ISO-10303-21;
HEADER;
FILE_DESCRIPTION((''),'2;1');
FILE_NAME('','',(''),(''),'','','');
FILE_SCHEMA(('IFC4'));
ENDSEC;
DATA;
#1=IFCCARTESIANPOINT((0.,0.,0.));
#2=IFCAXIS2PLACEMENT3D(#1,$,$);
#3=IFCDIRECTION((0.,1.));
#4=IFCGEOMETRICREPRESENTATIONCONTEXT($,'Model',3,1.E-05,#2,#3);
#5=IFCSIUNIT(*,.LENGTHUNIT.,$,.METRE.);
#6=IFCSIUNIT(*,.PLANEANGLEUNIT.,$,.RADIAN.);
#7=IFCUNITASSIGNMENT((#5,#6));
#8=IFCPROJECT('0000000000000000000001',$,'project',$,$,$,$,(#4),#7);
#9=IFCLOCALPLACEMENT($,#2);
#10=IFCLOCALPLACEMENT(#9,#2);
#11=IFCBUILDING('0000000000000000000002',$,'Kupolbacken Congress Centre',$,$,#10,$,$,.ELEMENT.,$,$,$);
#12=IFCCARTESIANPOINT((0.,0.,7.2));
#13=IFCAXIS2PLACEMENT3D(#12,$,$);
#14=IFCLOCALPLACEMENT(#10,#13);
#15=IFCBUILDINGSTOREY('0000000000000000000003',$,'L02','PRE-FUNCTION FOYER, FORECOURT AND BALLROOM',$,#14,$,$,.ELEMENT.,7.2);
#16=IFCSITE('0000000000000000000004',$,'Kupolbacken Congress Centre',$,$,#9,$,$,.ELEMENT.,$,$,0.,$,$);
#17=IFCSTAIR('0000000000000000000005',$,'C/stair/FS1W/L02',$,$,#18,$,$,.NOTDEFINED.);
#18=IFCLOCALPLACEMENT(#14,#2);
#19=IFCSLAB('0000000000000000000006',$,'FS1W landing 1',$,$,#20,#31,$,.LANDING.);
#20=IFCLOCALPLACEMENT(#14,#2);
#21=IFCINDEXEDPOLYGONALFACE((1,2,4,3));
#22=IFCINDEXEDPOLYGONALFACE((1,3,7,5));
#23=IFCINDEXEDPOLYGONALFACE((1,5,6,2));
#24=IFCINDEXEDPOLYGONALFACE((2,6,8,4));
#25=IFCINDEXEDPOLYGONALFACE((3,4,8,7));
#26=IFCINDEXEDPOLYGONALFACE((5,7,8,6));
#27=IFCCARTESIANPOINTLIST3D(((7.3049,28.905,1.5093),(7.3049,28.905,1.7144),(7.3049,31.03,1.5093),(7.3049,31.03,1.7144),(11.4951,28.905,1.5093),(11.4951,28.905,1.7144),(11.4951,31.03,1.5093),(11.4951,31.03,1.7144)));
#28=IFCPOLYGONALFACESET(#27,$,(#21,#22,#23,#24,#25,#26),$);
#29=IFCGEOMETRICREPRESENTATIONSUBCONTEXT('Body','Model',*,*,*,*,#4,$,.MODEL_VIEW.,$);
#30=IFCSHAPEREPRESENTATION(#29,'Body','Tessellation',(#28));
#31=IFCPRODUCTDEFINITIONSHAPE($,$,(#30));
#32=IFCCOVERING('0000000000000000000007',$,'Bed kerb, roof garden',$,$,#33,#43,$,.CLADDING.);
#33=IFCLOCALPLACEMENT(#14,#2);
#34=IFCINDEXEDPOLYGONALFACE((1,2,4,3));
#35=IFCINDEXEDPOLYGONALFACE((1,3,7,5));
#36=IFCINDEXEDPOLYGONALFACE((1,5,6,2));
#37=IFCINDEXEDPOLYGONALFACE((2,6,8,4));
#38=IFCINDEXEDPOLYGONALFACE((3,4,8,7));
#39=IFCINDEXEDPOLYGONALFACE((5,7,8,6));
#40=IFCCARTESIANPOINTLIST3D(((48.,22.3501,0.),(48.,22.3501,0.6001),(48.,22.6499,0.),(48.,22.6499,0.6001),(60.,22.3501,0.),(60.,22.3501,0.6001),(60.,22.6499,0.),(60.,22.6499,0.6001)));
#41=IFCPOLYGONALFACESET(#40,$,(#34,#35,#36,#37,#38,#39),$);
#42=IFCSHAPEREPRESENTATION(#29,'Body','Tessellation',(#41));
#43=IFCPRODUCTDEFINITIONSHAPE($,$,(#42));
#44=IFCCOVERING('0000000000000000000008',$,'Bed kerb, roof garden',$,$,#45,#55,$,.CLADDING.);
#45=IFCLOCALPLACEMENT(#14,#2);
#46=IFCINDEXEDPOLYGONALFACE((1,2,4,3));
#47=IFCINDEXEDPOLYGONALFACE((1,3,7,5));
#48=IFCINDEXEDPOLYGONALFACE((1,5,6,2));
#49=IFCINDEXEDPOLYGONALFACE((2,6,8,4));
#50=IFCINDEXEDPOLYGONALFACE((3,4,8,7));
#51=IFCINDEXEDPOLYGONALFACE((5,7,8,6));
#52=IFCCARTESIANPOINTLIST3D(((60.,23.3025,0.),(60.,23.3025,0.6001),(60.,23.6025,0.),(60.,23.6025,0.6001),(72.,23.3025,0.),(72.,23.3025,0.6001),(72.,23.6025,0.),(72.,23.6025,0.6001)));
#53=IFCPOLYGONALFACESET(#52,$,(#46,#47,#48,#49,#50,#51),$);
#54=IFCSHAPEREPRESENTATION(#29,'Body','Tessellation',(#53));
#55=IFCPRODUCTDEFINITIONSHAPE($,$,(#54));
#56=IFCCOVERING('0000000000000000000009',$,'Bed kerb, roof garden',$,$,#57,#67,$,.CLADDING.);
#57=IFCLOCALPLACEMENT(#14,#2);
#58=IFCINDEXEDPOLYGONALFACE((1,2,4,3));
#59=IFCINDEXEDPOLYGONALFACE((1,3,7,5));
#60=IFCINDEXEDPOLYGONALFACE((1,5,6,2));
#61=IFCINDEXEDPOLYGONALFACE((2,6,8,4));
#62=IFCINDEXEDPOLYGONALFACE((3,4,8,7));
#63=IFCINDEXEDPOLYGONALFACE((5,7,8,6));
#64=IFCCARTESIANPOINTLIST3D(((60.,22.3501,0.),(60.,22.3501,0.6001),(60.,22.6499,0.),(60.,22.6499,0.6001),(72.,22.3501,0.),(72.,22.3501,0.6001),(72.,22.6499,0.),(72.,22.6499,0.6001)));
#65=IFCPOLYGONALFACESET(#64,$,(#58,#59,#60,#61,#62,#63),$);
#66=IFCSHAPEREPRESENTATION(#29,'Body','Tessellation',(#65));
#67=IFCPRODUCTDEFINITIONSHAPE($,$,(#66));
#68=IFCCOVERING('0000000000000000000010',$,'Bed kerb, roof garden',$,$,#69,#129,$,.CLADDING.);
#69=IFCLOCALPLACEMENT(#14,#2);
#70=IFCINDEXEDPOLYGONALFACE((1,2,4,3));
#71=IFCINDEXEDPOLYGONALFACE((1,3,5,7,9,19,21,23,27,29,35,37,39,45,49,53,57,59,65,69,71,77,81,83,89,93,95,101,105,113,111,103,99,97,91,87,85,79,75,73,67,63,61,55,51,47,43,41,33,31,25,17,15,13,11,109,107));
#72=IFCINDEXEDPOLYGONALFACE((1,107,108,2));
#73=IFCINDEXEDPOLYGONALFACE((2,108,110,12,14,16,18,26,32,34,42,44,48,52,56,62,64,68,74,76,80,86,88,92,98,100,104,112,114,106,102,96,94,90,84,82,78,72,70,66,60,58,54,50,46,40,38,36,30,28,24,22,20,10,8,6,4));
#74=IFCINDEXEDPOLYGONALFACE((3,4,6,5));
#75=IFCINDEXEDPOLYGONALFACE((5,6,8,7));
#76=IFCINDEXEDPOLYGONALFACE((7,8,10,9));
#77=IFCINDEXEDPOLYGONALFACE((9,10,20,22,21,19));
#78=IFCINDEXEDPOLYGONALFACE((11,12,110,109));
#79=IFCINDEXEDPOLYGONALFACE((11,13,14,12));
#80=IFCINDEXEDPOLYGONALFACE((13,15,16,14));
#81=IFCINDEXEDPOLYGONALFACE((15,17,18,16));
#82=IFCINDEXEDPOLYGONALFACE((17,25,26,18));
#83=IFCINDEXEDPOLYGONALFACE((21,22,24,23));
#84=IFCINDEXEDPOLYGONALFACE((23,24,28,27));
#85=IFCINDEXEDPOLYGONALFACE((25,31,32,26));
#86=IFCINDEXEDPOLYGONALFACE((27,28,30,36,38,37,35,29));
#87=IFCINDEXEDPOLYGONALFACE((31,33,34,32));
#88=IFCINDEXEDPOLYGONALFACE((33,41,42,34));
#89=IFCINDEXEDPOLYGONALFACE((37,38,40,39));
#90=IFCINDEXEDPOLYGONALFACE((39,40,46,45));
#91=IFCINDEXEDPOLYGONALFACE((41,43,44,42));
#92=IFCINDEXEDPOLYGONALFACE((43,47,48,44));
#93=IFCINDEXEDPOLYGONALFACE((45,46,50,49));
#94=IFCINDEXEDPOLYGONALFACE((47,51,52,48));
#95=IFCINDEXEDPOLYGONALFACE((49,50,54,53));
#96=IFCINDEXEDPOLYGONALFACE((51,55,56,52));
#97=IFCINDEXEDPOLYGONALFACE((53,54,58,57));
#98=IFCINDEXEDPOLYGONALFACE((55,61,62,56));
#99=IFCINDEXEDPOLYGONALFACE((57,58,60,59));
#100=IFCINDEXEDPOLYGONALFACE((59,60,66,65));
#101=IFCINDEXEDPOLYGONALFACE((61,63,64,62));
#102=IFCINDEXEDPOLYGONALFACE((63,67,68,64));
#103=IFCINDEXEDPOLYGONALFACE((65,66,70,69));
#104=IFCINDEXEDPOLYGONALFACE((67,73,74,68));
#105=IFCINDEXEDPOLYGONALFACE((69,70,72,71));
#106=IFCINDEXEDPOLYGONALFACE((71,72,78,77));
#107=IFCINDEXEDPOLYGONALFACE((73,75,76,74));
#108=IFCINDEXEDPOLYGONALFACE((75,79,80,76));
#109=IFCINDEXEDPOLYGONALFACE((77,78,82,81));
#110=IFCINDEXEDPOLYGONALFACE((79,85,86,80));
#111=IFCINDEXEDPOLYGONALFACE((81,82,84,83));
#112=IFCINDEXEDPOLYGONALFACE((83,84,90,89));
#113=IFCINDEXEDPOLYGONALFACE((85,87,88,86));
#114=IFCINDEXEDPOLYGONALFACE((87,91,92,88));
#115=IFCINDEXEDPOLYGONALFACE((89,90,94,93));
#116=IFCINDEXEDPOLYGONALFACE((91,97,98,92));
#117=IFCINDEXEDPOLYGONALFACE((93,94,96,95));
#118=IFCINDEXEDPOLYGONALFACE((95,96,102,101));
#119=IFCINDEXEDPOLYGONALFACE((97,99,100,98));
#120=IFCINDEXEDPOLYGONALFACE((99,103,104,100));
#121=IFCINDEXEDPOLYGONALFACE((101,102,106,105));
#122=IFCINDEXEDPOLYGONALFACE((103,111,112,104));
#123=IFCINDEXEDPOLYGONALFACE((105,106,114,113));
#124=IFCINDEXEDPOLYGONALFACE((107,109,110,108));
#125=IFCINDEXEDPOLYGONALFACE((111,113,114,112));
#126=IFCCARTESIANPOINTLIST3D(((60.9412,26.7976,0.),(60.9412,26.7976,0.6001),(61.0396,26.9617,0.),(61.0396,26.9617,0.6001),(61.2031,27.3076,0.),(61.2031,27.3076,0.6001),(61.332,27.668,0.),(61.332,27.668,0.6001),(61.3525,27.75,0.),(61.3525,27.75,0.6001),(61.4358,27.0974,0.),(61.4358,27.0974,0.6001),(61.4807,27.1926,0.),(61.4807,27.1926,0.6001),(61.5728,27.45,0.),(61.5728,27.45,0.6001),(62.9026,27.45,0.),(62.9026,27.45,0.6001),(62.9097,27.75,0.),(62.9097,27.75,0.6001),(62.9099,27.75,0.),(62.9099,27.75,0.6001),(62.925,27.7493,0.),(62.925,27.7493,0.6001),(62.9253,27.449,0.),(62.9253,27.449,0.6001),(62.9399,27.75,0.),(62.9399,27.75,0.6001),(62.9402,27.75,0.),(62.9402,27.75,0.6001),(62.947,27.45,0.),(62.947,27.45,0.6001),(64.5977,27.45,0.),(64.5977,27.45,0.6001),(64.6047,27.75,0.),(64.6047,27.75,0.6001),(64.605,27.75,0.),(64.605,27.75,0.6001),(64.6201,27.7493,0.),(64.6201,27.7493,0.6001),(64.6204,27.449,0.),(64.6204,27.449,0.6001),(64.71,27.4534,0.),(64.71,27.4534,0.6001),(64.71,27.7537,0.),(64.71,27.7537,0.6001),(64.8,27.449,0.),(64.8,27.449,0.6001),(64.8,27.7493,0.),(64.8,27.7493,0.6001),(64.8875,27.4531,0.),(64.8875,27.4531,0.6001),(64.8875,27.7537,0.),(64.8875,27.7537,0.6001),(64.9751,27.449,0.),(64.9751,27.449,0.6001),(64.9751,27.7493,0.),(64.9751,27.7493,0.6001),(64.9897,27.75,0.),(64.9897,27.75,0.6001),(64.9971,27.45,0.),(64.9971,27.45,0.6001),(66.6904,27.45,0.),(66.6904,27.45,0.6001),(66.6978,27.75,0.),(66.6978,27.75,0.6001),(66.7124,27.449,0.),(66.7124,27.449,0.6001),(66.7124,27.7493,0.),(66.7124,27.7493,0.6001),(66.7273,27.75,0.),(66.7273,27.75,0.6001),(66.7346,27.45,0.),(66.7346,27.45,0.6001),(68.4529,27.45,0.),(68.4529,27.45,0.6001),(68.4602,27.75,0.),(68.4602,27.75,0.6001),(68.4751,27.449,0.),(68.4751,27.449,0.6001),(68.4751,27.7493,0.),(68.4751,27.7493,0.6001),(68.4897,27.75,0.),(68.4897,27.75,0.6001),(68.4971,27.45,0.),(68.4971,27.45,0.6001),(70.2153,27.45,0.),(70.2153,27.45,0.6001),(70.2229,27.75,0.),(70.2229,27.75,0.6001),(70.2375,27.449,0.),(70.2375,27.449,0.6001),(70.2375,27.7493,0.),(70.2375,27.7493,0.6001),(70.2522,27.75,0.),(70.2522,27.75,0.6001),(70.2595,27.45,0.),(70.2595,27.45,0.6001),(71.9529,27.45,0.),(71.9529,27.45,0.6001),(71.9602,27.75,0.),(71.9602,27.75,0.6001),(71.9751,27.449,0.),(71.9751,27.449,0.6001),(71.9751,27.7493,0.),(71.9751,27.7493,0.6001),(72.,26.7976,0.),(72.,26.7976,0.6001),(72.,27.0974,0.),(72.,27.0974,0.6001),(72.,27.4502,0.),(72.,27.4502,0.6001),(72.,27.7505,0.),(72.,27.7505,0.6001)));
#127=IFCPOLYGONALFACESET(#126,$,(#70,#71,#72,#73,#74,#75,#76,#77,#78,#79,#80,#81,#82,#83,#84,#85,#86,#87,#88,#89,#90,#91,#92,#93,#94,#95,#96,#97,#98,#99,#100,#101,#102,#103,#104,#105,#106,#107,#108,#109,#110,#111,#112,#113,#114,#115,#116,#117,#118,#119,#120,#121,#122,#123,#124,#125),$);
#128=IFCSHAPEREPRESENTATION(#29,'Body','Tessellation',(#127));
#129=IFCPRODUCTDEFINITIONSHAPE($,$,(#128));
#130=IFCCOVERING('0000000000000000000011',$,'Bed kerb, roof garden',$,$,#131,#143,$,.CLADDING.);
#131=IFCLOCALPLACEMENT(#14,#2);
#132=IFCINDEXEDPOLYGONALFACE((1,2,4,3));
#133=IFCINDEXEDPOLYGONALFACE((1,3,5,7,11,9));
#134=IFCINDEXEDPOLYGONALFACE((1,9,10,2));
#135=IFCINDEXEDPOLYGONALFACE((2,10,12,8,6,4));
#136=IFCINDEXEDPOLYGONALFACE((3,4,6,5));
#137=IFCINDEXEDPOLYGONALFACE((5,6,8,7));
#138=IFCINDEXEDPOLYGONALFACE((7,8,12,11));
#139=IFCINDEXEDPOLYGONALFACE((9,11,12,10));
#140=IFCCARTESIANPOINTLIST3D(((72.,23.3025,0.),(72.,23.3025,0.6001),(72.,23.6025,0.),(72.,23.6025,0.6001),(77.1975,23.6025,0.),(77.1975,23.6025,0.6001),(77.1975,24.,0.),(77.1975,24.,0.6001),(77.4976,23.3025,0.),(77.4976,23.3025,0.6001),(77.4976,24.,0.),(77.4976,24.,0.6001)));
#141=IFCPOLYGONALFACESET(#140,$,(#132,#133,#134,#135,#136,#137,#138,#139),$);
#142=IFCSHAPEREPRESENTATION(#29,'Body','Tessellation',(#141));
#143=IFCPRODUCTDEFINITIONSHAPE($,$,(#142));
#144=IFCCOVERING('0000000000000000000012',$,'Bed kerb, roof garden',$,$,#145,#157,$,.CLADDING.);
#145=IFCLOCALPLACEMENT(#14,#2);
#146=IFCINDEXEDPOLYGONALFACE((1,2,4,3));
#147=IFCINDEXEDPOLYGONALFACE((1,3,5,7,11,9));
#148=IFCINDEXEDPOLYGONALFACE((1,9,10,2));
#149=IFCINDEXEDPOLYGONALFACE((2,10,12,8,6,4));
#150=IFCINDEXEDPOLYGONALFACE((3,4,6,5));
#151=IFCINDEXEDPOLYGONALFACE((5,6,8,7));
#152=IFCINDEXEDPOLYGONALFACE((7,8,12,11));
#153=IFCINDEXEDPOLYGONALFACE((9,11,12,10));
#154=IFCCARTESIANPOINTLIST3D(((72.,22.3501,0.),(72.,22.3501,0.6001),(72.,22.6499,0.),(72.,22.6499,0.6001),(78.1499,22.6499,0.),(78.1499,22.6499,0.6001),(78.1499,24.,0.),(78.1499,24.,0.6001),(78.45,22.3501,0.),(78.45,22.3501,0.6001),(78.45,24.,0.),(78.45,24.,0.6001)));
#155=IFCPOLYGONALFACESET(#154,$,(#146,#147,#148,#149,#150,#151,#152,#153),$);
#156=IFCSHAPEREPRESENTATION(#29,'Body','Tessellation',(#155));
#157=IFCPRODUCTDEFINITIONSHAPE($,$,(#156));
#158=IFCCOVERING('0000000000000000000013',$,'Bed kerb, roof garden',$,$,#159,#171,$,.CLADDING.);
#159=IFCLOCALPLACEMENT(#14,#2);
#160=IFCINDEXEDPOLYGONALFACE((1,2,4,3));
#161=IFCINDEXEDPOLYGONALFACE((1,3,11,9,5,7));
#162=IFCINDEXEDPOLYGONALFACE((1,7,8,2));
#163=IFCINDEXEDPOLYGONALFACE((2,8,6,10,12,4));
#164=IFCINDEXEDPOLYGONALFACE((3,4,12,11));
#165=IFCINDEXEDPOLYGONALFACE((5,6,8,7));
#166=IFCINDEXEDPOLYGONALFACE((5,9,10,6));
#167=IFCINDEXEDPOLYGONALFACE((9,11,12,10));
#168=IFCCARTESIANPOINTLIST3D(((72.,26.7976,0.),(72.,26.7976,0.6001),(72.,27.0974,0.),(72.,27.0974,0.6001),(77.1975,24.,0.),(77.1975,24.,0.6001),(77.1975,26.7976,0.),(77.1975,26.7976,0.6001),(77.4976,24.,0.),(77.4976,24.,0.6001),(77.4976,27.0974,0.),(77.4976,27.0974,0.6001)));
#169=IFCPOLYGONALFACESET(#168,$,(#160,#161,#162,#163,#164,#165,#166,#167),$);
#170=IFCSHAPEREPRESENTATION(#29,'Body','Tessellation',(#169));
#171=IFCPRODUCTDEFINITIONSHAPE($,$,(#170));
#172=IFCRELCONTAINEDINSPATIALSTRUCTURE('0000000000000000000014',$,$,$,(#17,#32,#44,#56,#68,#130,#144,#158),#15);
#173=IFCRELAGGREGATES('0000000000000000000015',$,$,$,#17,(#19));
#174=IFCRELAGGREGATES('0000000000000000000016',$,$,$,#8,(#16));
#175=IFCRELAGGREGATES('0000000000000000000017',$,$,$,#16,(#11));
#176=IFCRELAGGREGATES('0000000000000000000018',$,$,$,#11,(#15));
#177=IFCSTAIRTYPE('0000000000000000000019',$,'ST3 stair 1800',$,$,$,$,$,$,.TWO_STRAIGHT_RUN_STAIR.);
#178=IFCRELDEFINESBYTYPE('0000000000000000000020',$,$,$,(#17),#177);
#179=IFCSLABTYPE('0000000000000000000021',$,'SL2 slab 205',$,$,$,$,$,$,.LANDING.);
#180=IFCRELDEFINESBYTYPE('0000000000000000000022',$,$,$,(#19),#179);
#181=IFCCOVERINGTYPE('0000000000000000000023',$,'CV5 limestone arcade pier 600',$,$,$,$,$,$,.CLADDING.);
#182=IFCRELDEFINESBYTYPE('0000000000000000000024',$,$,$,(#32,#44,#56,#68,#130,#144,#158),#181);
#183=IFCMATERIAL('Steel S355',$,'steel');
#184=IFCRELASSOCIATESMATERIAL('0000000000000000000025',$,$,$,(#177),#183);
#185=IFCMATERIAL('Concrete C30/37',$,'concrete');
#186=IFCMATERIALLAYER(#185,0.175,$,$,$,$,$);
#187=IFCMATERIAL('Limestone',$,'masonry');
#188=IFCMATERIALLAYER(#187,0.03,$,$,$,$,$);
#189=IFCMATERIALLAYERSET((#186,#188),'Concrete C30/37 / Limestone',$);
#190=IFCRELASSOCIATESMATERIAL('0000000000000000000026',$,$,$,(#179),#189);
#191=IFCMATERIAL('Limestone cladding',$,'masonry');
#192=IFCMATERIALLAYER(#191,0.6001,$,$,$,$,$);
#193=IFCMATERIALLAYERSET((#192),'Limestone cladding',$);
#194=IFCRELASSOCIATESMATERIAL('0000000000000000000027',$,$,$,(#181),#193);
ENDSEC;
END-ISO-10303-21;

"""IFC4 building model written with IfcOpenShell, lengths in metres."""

from ifc_helpers import new_model, si_unit, direction, frame, origin, place, context, subcontext, project, spatial, polyline, outline, extrude, material, layer, layer_set, type_object, element, aggregate, save


model = new_model("IFC4")

# Units and contexts
model_context = context("Model", 3, precision=1e-05, world=origin(), true_north=direction((0.0, 1.0)))
body_context = subcontext(model_context, "Body", "Model", "MODEL_VIEW")
ifc_project = project(units=[si_unit("LENGTHUNIT", "METRE"), si_unit("PLANEANGLEUNIT", "RADIAN")], contexts=[model_context])

# Site, building, storey
site_placement = place(None, origin())
site = spatial("IfcSite", under=ifc_project, at=site_placement, Name="Kupolbacken Congress Centre", CompositionType="ELEMENT", RefElevation=0.0)
building_placement = place(site_placement, origin())
building = spatial("IfcBuilding", under=site, at=building_placement, Name="Kupolbacken Congress Centre", CompositionType="ELEMENT")
storey_placement = place(building_placement, frame((0.0, 0.0, 7.2)))
storey = spatial("IfcBuildingStorey", under=building, at=storey_placement, Name="L02", Description="PRE-FUNCTION FOYER, FORECOURT AND BALLROOM", CompositionType="ELEMENT", Elevation=7.2)

# Stair, slab
ifc_material_1 = material(Name="Steel S355", Category="steel")
stair_type = type_object("IfcStairType", Name="ST3 stair 1800", PredefinedType="TWO_STRAIGHT_RUN_STAIR", material=ifc_material_1)
stair_placement = place(storey_placement, origin())
stair = element("IfcStair", 1, at=stair_placement, inside=storey, type_object=stair_type, Name="C/stair/FS1W/L02", PredefinedType="NOTDEFINED")
ifc_material_2 = material(Name="Concrete C30/37", Category="concrete")
ifc_layer_1 = layer(ifc_material_2, 0.175)
ifc_material_3 = material(Name="Limestone", Category="masonry")
ifc_layer_2 = layer(ifc_material_3, 0.03)
ifc_layer_set_1 = layer_set([ifc_layer_1, ifc_layer_2], Name="Concrete C30/37 / Limestone")
slab_type = type_object("IfcSlabType", Name="SL2 slab 205", PredefinedType="LANDING", material=ifc_layer_set_1)
slab_placement = place(storey_placement, frame((0.0, 0.0, 1.5093)))
slab = element("IfcSlab", 2, at=slab_placement, type_object=slab_type, Name="FS1W landing 1", PredefinedType="LANDING", context=body_context, shape_type="SweptSolid", body=[
    extrude(outline(polyline([(7.3049, 28.905), (11.4951, 28.905), (11.4951, 31.03), (7.3049, 31.03), (7.3049, 28.905)])), origin(), (0.0, 0.0, 1.0), 0.2051),
])
aggregate(stair, [slab])

# Coverings
ifc_material_4 = material(Name="Limestone cladding", Category="masonry")
ifc_layer_3 = layer(ifc_material_4, 0.6001)
ifc_layer_set_2 = layer_set([ifc_layer_3], Name="Limestone cladding")
covering_type_1 = type_object("IfcCoveringType", Name="CV5 limestone arcade pier 600", PredefinedType="CLADDING", material=ifc_layer_set_2)
covering_1_placement = place(storey_placement, origin())
element("IfcCovering", 3, at=covering_1_placement, inside=storey, type_object=covering_type_1, Name="Bed kerb, roof garden", PredefinedType="CLADDING", context=body_context, shape_type="SweptSolid", body=[
    extrude(outline(polyline([(48.0, 22.3501), (48.0, 22.6499), (60.0, 22.6499), (60.0, 22.3501), (48.0, 22.3501)])), origin(), (0.0, 0.0, 1.0), 0.6001),
])
covering_2_placement = place(storey_placement, origin())
element("IfcCovering", 4, at=covering_2_placement, inside=storey, type_object=covering_type_1, Name="Bed kerb, roof garden", PredefinedType="CLADDING", context=body_context, shape_type="SweptSolid", body=[
    extrude(outline(polyline([(72.0, 23.6025), (72.0, 23.3025), (60.0, 23.3025), (60.0, 23.6025), (72.0, 23.6025)])), origin(), (0.0, 0.0, 1.0), 0.6001),
])
covering_3_placement = place(storey_placement, origin())
element("IfcCovering", 5, at=covering_3_placement, inside=storey, type_object=covering_type_1, Name="Bed kerb, roof garden", PredefinedType="CLADDING", context=body_context, shape_type="SweptSolid", body=[
    extrude(outline(polyline([(60.0, 22.3501), (60.0, 22.6499), (72.0, 22.6499), (72.0, 22.3501), (60.0, 22.3501)])), origin(), (0.0, 0.0, 1.0), 0.6001),
])
covering_4_placement = place(storey_placement, origin())
element("IfcCovering", 6, at=covering_4_placement, inside=storey, type_object=covering_type_1, Name="Bed kerb, roof garden", PredefinedType="CLADDING", context=body_context, shape_type="SweptSolid", body=[
    extrude(outline(polyline([(60.9412, 26.7976), (61.0396, 26.9617), (61.2031, 27.3076), (61.332, 27.668), (61.3525, 27.75), (62.9097, 27.75), (62.9099, 27.75), (62.925, 27.7493), (62.9399, 27.75), (62.9402, 27.75), (64.6047, 27.75), (64.605, 27.75), (64.6201, 27.7493), (64.71, 27.7537), (64.8, 27.7493), (64.8875, 27.7537), (64.9751, 27.7493), (64.9897, 27.75), (66.6978, 27.75), (66.7124, 27.7493), (66.7273, 27.75), (68.4602, 27.75), (68.4751, 27.7493), (68.4897, 27.75), (70.2229, 27.75), (70.2375, 27.7493), (70.2522, 27.75), (71.9602, 27.75), (71.9751, 27.7493), (72.0, 27.7505), (72.0, 27.4502), (71.9751, 27.449), (71.9529, 27.45), (70.2595, 27.45), (70.2375, 27.449), (70.2153, 27.45), (68.4971, 27.45), (68.4751, 27.449), (68.4529, 27.45), (66.7346, 27.45), (66.7124, 27.449), (66.6904, 27.45), (64.9971, 27.45), (64.9751, 27.449), (64.8875, 27.4531), (64.8, 27.449), (64.71, 27.4534), (64.6204, 27.449), (64.5977, 27.45), (62.947, 27.45), (62.9253, 27.449), (62.9026, 27.45), (61.5728, 27.45), (61.4807, 27.1926), (61.4358, 27.0974), (72.0, 27.0974), (72.0, 26.7976), (60.9412, 26.7976)])), origin(), (0.0, 0.0, 1.0), 0.6001),
])
covering_5_placement = place(storey_placement, origin())
element("IfcCovering", 7, at=covering_5_placement, inside=storey, type_object=covering_type_1, Name="Bed kerb, roof garden", PredefinedType="CLADDING", context=body_context, shape_type="SweptSolid", body=[
    extrude(outline(polyline([(77.1975, 23.6025), (77.1975, 24.0), (77.4976, 24.0), (77.4976, 23.3025), (72.0, 23.3025), (72.0, 23.6025), (77.1975, 23.6025)])), origin(), (0.0, 0.0, 1.0), 0.6001),
])
covering_6_placement = place(storey_placement, origin())
element("IfcCovering", 8, at=covering_6_placement, inside=storey, type_object=covering_type_1, Name="Bed kerb, roof garden", PredefinedType="CLADDING", context=body_context, shape_type="SweptSolid", body=[
    extrude(outline(polyline([(78.45, 22.3501), (72.0, 22.3501), (72.0, 22.6499), (78.1499, 22.6499), (78.1499, 24.0), (78.45, 24.0), (78.45, 22.3501)])), origin(), (0.0, 0.0, 1.0), 0.6001),
])
covering_7_placement = place(storey_placement, origin())
element("IfcCovering", 9, at=covering_7_placement, inside=storey, type_object=covering_type_1, Name="Bed kerb, roof garden", PredefinedType="CLADDING", context=body_context, shape_type="SweptSolid", body=[
    extrude(outline(polyline([(77.1975, 26.7976), (72.0, 26.7976), (72.0, 27.0974), (77.4976, 27.0974), (77.4976, 24.0), (77.1975, 24.0), (77.1975, 26.7976)])), origin(), (0.0, 0.0, 1.0), 0.6001),
])

save(model, "model.ifc")
